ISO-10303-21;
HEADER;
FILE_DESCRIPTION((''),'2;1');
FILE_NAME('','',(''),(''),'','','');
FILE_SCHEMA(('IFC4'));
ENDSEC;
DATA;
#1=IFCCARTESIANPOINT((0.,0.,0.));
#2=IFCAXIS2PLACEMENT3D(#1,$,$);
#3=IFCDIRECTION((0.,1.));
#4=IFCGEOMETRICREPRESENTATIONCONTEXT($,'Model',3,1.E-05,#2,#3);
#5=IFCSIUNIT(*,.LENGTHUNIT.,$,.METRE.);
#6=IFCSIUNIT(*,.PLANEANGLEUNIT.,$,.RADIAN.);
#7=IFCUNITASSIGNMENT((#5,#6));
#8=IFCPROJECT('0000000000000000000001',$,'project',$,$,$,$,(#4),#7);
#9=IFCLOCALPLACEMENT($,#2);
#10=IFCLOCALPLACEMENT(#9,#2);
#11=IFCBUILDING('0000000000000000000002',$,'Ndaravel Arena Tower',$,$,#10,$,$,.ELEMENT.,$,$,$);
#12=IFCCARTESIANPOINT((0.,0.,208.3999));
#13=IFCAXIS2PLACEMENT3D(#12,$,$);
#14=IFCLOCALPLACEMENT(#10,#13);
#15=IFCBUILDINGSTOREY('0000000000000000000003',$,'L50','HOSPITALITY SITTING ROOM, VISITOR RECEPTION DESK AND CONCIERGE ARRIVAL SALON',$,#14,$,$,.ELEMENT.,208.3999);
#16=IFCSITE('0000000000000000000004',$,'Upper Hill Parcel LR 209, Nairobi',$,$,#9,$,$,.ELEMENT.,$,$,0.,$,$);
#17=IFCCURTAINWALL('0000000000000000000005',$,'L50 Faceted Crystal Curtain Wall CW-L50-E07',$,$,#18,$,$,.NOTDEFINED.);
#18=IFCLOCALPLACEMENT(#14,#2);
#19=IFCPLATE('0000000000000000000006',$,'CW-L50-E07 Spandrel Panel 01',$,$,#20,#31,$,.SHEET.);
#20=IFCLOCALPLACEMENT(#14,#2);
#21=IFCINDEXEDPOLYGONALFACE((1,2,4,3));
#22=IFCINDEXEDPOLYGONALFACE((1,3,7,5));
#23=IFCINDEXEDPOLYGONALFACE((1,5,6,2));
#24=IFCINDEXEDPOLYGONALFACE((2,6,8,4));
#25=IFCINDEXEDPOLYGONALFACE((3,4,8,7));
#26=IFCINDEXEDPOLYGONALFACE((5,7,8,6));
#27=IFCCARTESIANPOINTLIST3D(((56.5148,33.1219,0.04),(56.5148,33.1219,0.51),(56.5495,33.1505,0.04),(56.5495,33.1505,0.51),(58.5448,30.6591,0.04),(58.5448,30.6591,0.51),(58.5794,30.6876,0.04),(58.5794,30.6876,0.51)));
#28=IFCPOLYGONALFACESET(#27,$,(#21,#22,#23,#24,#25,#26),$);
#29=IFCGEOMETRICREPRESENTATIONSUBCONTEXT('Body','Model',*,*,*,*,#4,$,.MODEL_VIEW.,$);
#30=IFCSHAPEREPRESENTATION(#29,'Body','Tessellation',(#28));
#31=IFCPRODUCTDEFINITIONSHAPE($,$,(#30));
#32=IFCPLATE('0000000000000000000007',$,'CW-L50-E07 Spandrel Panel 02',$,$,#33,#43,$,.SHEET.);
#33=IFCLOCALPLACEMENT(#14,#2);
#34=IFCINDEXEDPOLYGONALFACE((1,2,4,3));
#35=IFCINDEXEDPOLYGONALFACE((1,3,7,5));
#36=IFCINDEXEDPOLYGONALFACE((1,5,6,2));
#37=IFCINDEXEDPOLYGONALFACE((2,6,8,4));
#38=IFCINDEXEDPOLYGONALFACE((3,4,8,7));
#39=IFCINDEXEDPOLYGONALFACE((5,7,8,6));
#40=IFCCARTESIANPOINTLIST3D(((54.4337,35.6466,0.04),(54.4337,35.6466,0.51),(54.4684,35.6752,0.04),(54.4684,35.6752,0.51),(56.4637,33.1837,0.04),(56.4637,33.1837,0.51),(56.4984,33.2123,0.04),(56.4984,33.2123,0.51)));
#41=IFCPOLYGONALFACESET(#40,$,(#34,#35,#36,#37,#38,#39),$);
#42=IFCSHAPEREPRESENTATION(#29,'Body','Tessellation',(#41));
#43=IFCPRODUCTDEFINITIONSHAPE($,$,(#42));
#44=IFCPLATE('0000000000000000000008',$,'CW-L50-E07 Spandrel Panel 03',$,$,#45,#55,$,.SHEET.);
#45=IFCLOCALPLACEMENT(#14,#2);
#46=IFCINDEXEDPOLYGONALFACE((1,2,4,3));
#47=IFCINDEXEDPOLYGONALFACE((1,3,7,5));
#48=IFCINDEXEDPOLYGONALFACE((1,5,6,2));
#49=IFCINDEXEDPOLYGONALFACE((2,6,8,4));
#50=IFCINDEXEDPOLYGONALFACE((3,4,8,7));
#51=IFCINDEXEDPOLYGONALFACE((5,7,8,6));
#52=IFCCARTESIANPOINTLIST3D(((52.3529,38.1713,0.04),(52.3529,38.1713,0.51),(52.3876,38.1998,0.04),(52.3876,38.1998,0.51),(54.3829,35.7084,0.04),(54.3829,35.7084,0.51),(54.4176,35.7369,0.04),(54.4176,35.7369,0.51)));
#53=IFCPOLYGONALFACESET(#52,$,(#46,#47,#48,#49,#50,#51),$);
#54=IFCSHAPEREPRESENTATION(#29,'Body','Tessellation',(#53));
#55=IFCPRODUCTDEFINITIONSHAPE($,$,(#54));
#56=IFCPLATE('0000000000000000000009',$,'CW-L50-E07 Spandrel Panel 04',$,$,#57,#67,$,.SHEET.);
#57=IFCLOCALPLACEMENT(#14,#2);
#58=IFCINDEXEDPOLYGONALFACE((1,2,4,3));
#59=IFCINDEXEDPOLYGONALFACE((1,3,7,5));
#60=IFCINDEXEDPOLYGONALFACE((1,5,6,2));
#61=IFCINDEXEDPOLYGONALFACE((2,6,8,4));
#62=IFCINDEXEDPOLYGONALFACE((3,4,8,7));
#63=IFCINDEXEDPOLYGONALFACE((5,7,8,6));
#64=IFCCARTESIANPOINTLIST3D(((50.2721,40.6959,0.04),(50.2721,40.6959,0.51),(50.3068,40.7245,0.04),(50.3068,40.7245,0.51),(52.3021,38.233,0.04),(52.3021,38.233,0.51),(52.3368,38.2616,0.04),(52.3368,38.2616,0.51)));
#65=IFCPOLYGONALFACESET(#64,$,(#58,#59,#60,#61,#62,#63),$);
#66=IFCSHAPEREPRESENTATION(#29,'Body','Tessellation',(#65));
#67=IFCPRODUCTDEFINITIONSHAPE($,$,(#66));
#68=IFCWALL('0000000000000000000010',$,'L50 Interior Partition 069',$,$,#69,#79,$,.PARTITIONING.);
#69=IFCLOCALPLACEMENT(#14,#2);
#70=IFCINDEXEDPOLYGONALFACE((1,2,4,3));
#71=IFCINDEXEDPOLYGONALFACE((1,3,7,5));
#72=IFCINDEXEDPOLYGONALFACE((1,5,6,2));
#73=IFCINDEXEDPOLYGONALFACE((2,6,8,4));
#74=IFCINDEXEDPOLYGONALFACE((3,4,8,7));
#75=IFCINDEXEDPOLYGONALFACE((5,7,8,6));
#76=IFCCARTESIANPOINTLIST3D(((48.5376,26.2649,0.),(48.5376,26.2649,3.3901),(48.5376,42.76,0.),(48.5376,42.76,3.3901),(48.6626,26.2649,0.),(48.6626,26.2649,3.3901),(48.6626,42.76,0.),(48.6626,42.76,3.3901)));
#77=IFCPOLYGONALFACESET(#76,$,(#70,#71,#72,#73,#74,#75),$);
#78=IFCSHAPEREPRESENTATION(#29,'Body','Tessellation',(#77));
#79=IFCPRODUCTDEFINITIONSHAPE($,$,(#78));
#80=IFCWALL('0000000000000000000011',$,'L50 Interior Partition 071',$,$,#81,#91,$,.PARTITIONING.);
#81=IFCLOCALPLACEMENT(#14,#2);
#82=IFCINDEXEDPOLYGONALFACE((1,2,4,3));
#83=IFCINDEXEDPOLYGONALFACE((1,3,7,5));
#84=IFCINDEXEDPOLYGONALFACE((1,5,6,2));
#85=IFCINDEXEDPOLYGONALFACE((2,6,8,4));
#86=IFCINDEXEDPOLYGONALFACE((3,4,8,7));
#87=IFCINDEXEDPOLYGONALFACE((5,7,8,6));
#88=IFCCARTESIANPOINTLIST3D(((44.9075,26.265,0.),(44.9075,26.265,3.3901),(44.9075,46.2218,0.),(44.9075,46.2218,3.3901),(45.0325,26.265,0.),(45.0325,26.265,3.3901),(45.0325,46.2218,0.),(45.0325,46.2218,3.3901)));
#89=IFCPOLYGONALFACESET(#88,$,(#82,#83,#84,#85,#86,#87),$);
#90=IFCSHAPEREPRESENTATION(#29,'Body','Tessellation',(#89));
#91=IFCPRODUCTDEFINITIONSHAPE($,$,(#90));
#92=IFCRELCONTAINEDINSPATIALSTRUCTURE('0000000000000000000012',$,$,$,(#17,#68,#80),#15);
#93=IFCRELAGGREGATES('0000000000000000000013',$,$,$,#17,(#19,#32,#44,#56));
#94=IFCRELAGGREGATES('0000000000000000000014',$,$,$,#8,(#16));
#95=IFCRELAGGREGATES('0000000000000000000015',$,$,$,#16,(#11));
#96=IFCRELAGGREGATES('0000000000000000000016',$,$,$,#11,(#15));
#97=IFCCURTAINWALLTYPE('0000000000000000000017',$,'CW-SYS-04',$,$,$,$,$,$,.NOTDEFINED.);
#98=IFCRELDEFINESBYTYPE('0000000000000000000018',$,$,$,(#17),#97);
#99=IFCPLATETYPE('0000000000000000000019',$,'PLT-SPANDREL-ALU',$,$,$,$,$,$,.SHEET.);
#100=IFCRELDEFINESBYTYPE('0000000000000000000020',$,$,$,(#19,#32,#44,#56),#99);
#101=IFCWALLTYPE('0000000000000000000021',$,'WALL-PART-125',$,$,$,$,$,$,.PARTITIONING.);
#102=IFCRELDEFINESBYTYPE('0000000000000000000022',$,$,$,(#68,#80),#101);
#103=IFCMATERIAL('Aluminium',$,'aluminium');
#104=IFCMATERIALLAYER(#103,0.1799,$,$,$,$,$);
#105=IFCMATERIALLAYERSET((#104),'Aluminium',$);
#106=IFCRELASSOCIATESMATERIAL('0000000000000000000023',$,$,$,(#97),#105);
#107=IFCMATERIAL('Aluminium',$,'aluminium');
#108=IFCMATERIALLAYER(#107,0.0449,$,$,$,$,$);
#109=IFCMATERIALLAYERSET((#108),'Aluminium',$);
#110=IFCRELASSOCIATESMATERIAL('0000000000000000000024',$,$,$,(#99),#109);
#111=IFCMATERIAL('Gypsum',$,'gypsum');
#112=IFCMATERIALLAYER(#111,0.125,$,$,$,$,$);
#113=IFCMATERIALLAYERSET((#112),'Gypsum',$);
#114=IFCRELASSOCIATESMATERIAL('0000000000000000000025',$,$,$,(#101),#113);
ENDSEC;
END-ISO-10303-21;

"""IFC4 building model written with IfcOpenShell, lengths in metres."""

from ifc_helpers import new_model, si_unit, direction, frame, frame_2d, origin, origin_2d, place, context, subcontext, project, spatial, rectangle, extrude, material, layer, layer_set, type_object, element, aggregate, save


model = new_model("IFC4")

# Units and contexts
model_context = context("Model", 3, precision=1e-05, world=origin(), true_north=direction((0.0, 1.0)))
body_context = subcontext(model_context, "Body", "Model", "MODEL_VIEW")
ifc_project = project(units=[si_unit("LENGTHUNIT", "METRE"), si_unit("PLANEANGLEUNIT", "RADIAN")], contexts=[model_context])

# Site, building, storey
site_placement = place(None, origin())
site = spatial("IfcSite", under=ifc_project, at=site_placement, Name="Upper Hill Parcel LR 209, Nairobi", CompositionType="ELEMENT", RefElevation=0.0)
building_placement = place(site_placement, origin())
building = spatial("IfcBuilding", under=site, at=building_placement, Name="Ndaravel Arena Tower", CompositionType="ELEMENT")
storey_placement = place(building_placement, frame((0.0, 0.0, 208.3999)))
storey = spatial("IfcBuildingStorey", under=building, at=storey_placement, Name="L50", Description="HOSPITALITY SITTING ROOM, VISITOR RECEPTION DESK AND CONCIERGE ARRIVAL SALON", CompositionType="ELEMENT", Elevation=208.3999)

# Shared definitions
ifc_material_1 = material(Name="Aluminium", Category="aluminium")
ifc_layer_1 = layer(ifc_material_1, 0.1799)
ifc_layer_set_1 = layer_set([ifc_layer_1], Name="Aluminium")
curtain_wall_type = type_object("IfcCurtainWallType", Name="CW-SYS-04", PredefinedType="NOTDEFINED", material=ifc_layer_set_1)

# Curtain wall
curtain_wall_1_placement = place(storey_placement, origin())
curtain_wall_1 = element("IfcCurtainWall", 1, at=curtain_wall_1_placement, inside=storey, type_object=curtain_wall_type, Name="L50 Faceted Crystal Curtain Wall CW-L50-E07", PredefinedType="NOTDEFINED")

# Plates
ifc_material_2 = material(Name="Aluminium", Category="aluminium")
ifc_layer_2 = layer(ifc_material_2, 0.0449)
ifc_layer_set_2 = layer_set([ifc_layer_2], Name="Aluminium")
plate_type_1 = type_object("IfcPlateType", Name="PLT-SPANDREL-ALU", PredefinedType="SHEET", material=ifc_layer_set_2)
plate_1_placement = place(storey_placement, frame((57.5471, 31.9048, 0.04), z_axis=(0.0, 0.0, 1.0), x_axis=(-0.636024, 0.771669, 0.0)))
plate_1 = element("IfcPlate", 2, at=plate_1_placement, type_object=plate_type_1, Name="CW-L50-E07 Spandrel Panel 01", PredefinedType="SHEET", context=body_context, shape_type="SweptSolid", body=[
    extrude(rectangle(XDim=3.1917, YDim=0.0449, at=origin_2d()), origin(), (0.0, 0.0, 1.0), 0.47),
])
plate_2_placement = place(storey_placement, frame((55.4661, 34.4294, 0.04), z_axis=(0.0, 0.0, 1.0), x_axis=(-0.636024, 0.771669, 0.0)))
plate_2 = element("IfcPlate", 3, at=plate_2_placement, type_object=plate_type_1, Name="CW-L50-E07 Spandrel Panel 02", PredefinedType="SHEET", context=body_context, shape_type="SweptSolid", body=[
    extrude(rectangle(XDim=3.1917, YDim=0.0449, at=origin_2d()), origin(), (0.0, 0.0, 1.0), 0.47),
])
plate_3_placement = place(storey_placement, frame((53.3853, 36.9541, 0.04), z_axis=(0.0, 0.0, 1.0), x_axis=(-0.636024, 0.771669, 0.0)))
plate_3 = element("IfcPlate", 4, at=plate_3_placement, type_object=plate_type_1, Name="CW-L50-E07 Spandrel Panel 03", PredefinedType="SHEET", context=body_context, shape_type="SweptSolid", body=[
    extrude(rectangle(XDim=3.1917, YDim=0.0449, at=origin_2d()), origin(), (0.0, 0.0, 1.0), 0.47),
])
plate_4_placement = place(storey_placement, frame((51.3044, 39.4788, 0.04), z_axis=(0.0, 0.0, 1.0), x_axis=(-0.636024, 0.771669, 0.0)))
plate_4 = element("IfcPlate", 5, at=plate_4_placement, type_object=plate_type_1, Name="CW-L50-E07 Spandrel Panel 04", PredefinedType="SHEET", context=body_context, shape_type="SweptSolid", body=[
    extrude(rectangle(XDim=3.1917, YDim=0.0449, at=origin_2d()), origin(), (0.0, 0.0, 1.0), 0.47),
])
aggregate(curtain_wall_1, [plate_1, plate_2, plate_3, plate_4])

# Walls
ifc_material_3 = material(Name="Gypsum", Category="gypsum")
ifc_layer_3 = layer(ifc_material_3, 0.125)
ifc_layer_set_3 = layer_set([ifc_layer_3], Name="Gypsum")
wall_type = type_object("IfcWallType", Name="WALL-PART-125", PredefinedType="PARTITIONING", material=ifc_layer_set_3)
wall_1_placement = place(storey_placement, frame((48.6001, 26.2649, 0.0), z_axis=(0.0, 0.0, 1.0), x_axis=(0.0, 1.0, 0.0)))
element("IfcWall", 6, at=wall_1_placement, inside=storey, type_object=wall_type, Name="L50 Interior Partition 069", PredefinedType="PARTITIONING", context=body_context, shape_type="SweptSolid", body=[
    extrude(rectangle(XDim=16.4951, YDim=0.125, at=frame_2d((8.2476, 0.0))), origin(), (0.0, 0.0, 1.0), 3.3901),
])
wall_2_placement = place(storey_placement, frame((44.97, 26.2649, 0.0), z_axis=(0.0, 0.0, 1.0), x_axis=(0.0, 1.0, 0.0)))
element("IfcWall", 7, at=wall_2_placement, inside=storey, type_object=wall_type, Name="L50 Interior Partition 071", PredefinedType="PARTITIONING", context=body_context, shape_type="SweptSolid", body=[
    extrude(rectangle(XDim=19.9568, YDim=0.125, at=frame_2d((9.9785, 0.0))), origin(), (0.0, 0.0, 1.0), 3.3901),
])

save(model, "model.ifc")
